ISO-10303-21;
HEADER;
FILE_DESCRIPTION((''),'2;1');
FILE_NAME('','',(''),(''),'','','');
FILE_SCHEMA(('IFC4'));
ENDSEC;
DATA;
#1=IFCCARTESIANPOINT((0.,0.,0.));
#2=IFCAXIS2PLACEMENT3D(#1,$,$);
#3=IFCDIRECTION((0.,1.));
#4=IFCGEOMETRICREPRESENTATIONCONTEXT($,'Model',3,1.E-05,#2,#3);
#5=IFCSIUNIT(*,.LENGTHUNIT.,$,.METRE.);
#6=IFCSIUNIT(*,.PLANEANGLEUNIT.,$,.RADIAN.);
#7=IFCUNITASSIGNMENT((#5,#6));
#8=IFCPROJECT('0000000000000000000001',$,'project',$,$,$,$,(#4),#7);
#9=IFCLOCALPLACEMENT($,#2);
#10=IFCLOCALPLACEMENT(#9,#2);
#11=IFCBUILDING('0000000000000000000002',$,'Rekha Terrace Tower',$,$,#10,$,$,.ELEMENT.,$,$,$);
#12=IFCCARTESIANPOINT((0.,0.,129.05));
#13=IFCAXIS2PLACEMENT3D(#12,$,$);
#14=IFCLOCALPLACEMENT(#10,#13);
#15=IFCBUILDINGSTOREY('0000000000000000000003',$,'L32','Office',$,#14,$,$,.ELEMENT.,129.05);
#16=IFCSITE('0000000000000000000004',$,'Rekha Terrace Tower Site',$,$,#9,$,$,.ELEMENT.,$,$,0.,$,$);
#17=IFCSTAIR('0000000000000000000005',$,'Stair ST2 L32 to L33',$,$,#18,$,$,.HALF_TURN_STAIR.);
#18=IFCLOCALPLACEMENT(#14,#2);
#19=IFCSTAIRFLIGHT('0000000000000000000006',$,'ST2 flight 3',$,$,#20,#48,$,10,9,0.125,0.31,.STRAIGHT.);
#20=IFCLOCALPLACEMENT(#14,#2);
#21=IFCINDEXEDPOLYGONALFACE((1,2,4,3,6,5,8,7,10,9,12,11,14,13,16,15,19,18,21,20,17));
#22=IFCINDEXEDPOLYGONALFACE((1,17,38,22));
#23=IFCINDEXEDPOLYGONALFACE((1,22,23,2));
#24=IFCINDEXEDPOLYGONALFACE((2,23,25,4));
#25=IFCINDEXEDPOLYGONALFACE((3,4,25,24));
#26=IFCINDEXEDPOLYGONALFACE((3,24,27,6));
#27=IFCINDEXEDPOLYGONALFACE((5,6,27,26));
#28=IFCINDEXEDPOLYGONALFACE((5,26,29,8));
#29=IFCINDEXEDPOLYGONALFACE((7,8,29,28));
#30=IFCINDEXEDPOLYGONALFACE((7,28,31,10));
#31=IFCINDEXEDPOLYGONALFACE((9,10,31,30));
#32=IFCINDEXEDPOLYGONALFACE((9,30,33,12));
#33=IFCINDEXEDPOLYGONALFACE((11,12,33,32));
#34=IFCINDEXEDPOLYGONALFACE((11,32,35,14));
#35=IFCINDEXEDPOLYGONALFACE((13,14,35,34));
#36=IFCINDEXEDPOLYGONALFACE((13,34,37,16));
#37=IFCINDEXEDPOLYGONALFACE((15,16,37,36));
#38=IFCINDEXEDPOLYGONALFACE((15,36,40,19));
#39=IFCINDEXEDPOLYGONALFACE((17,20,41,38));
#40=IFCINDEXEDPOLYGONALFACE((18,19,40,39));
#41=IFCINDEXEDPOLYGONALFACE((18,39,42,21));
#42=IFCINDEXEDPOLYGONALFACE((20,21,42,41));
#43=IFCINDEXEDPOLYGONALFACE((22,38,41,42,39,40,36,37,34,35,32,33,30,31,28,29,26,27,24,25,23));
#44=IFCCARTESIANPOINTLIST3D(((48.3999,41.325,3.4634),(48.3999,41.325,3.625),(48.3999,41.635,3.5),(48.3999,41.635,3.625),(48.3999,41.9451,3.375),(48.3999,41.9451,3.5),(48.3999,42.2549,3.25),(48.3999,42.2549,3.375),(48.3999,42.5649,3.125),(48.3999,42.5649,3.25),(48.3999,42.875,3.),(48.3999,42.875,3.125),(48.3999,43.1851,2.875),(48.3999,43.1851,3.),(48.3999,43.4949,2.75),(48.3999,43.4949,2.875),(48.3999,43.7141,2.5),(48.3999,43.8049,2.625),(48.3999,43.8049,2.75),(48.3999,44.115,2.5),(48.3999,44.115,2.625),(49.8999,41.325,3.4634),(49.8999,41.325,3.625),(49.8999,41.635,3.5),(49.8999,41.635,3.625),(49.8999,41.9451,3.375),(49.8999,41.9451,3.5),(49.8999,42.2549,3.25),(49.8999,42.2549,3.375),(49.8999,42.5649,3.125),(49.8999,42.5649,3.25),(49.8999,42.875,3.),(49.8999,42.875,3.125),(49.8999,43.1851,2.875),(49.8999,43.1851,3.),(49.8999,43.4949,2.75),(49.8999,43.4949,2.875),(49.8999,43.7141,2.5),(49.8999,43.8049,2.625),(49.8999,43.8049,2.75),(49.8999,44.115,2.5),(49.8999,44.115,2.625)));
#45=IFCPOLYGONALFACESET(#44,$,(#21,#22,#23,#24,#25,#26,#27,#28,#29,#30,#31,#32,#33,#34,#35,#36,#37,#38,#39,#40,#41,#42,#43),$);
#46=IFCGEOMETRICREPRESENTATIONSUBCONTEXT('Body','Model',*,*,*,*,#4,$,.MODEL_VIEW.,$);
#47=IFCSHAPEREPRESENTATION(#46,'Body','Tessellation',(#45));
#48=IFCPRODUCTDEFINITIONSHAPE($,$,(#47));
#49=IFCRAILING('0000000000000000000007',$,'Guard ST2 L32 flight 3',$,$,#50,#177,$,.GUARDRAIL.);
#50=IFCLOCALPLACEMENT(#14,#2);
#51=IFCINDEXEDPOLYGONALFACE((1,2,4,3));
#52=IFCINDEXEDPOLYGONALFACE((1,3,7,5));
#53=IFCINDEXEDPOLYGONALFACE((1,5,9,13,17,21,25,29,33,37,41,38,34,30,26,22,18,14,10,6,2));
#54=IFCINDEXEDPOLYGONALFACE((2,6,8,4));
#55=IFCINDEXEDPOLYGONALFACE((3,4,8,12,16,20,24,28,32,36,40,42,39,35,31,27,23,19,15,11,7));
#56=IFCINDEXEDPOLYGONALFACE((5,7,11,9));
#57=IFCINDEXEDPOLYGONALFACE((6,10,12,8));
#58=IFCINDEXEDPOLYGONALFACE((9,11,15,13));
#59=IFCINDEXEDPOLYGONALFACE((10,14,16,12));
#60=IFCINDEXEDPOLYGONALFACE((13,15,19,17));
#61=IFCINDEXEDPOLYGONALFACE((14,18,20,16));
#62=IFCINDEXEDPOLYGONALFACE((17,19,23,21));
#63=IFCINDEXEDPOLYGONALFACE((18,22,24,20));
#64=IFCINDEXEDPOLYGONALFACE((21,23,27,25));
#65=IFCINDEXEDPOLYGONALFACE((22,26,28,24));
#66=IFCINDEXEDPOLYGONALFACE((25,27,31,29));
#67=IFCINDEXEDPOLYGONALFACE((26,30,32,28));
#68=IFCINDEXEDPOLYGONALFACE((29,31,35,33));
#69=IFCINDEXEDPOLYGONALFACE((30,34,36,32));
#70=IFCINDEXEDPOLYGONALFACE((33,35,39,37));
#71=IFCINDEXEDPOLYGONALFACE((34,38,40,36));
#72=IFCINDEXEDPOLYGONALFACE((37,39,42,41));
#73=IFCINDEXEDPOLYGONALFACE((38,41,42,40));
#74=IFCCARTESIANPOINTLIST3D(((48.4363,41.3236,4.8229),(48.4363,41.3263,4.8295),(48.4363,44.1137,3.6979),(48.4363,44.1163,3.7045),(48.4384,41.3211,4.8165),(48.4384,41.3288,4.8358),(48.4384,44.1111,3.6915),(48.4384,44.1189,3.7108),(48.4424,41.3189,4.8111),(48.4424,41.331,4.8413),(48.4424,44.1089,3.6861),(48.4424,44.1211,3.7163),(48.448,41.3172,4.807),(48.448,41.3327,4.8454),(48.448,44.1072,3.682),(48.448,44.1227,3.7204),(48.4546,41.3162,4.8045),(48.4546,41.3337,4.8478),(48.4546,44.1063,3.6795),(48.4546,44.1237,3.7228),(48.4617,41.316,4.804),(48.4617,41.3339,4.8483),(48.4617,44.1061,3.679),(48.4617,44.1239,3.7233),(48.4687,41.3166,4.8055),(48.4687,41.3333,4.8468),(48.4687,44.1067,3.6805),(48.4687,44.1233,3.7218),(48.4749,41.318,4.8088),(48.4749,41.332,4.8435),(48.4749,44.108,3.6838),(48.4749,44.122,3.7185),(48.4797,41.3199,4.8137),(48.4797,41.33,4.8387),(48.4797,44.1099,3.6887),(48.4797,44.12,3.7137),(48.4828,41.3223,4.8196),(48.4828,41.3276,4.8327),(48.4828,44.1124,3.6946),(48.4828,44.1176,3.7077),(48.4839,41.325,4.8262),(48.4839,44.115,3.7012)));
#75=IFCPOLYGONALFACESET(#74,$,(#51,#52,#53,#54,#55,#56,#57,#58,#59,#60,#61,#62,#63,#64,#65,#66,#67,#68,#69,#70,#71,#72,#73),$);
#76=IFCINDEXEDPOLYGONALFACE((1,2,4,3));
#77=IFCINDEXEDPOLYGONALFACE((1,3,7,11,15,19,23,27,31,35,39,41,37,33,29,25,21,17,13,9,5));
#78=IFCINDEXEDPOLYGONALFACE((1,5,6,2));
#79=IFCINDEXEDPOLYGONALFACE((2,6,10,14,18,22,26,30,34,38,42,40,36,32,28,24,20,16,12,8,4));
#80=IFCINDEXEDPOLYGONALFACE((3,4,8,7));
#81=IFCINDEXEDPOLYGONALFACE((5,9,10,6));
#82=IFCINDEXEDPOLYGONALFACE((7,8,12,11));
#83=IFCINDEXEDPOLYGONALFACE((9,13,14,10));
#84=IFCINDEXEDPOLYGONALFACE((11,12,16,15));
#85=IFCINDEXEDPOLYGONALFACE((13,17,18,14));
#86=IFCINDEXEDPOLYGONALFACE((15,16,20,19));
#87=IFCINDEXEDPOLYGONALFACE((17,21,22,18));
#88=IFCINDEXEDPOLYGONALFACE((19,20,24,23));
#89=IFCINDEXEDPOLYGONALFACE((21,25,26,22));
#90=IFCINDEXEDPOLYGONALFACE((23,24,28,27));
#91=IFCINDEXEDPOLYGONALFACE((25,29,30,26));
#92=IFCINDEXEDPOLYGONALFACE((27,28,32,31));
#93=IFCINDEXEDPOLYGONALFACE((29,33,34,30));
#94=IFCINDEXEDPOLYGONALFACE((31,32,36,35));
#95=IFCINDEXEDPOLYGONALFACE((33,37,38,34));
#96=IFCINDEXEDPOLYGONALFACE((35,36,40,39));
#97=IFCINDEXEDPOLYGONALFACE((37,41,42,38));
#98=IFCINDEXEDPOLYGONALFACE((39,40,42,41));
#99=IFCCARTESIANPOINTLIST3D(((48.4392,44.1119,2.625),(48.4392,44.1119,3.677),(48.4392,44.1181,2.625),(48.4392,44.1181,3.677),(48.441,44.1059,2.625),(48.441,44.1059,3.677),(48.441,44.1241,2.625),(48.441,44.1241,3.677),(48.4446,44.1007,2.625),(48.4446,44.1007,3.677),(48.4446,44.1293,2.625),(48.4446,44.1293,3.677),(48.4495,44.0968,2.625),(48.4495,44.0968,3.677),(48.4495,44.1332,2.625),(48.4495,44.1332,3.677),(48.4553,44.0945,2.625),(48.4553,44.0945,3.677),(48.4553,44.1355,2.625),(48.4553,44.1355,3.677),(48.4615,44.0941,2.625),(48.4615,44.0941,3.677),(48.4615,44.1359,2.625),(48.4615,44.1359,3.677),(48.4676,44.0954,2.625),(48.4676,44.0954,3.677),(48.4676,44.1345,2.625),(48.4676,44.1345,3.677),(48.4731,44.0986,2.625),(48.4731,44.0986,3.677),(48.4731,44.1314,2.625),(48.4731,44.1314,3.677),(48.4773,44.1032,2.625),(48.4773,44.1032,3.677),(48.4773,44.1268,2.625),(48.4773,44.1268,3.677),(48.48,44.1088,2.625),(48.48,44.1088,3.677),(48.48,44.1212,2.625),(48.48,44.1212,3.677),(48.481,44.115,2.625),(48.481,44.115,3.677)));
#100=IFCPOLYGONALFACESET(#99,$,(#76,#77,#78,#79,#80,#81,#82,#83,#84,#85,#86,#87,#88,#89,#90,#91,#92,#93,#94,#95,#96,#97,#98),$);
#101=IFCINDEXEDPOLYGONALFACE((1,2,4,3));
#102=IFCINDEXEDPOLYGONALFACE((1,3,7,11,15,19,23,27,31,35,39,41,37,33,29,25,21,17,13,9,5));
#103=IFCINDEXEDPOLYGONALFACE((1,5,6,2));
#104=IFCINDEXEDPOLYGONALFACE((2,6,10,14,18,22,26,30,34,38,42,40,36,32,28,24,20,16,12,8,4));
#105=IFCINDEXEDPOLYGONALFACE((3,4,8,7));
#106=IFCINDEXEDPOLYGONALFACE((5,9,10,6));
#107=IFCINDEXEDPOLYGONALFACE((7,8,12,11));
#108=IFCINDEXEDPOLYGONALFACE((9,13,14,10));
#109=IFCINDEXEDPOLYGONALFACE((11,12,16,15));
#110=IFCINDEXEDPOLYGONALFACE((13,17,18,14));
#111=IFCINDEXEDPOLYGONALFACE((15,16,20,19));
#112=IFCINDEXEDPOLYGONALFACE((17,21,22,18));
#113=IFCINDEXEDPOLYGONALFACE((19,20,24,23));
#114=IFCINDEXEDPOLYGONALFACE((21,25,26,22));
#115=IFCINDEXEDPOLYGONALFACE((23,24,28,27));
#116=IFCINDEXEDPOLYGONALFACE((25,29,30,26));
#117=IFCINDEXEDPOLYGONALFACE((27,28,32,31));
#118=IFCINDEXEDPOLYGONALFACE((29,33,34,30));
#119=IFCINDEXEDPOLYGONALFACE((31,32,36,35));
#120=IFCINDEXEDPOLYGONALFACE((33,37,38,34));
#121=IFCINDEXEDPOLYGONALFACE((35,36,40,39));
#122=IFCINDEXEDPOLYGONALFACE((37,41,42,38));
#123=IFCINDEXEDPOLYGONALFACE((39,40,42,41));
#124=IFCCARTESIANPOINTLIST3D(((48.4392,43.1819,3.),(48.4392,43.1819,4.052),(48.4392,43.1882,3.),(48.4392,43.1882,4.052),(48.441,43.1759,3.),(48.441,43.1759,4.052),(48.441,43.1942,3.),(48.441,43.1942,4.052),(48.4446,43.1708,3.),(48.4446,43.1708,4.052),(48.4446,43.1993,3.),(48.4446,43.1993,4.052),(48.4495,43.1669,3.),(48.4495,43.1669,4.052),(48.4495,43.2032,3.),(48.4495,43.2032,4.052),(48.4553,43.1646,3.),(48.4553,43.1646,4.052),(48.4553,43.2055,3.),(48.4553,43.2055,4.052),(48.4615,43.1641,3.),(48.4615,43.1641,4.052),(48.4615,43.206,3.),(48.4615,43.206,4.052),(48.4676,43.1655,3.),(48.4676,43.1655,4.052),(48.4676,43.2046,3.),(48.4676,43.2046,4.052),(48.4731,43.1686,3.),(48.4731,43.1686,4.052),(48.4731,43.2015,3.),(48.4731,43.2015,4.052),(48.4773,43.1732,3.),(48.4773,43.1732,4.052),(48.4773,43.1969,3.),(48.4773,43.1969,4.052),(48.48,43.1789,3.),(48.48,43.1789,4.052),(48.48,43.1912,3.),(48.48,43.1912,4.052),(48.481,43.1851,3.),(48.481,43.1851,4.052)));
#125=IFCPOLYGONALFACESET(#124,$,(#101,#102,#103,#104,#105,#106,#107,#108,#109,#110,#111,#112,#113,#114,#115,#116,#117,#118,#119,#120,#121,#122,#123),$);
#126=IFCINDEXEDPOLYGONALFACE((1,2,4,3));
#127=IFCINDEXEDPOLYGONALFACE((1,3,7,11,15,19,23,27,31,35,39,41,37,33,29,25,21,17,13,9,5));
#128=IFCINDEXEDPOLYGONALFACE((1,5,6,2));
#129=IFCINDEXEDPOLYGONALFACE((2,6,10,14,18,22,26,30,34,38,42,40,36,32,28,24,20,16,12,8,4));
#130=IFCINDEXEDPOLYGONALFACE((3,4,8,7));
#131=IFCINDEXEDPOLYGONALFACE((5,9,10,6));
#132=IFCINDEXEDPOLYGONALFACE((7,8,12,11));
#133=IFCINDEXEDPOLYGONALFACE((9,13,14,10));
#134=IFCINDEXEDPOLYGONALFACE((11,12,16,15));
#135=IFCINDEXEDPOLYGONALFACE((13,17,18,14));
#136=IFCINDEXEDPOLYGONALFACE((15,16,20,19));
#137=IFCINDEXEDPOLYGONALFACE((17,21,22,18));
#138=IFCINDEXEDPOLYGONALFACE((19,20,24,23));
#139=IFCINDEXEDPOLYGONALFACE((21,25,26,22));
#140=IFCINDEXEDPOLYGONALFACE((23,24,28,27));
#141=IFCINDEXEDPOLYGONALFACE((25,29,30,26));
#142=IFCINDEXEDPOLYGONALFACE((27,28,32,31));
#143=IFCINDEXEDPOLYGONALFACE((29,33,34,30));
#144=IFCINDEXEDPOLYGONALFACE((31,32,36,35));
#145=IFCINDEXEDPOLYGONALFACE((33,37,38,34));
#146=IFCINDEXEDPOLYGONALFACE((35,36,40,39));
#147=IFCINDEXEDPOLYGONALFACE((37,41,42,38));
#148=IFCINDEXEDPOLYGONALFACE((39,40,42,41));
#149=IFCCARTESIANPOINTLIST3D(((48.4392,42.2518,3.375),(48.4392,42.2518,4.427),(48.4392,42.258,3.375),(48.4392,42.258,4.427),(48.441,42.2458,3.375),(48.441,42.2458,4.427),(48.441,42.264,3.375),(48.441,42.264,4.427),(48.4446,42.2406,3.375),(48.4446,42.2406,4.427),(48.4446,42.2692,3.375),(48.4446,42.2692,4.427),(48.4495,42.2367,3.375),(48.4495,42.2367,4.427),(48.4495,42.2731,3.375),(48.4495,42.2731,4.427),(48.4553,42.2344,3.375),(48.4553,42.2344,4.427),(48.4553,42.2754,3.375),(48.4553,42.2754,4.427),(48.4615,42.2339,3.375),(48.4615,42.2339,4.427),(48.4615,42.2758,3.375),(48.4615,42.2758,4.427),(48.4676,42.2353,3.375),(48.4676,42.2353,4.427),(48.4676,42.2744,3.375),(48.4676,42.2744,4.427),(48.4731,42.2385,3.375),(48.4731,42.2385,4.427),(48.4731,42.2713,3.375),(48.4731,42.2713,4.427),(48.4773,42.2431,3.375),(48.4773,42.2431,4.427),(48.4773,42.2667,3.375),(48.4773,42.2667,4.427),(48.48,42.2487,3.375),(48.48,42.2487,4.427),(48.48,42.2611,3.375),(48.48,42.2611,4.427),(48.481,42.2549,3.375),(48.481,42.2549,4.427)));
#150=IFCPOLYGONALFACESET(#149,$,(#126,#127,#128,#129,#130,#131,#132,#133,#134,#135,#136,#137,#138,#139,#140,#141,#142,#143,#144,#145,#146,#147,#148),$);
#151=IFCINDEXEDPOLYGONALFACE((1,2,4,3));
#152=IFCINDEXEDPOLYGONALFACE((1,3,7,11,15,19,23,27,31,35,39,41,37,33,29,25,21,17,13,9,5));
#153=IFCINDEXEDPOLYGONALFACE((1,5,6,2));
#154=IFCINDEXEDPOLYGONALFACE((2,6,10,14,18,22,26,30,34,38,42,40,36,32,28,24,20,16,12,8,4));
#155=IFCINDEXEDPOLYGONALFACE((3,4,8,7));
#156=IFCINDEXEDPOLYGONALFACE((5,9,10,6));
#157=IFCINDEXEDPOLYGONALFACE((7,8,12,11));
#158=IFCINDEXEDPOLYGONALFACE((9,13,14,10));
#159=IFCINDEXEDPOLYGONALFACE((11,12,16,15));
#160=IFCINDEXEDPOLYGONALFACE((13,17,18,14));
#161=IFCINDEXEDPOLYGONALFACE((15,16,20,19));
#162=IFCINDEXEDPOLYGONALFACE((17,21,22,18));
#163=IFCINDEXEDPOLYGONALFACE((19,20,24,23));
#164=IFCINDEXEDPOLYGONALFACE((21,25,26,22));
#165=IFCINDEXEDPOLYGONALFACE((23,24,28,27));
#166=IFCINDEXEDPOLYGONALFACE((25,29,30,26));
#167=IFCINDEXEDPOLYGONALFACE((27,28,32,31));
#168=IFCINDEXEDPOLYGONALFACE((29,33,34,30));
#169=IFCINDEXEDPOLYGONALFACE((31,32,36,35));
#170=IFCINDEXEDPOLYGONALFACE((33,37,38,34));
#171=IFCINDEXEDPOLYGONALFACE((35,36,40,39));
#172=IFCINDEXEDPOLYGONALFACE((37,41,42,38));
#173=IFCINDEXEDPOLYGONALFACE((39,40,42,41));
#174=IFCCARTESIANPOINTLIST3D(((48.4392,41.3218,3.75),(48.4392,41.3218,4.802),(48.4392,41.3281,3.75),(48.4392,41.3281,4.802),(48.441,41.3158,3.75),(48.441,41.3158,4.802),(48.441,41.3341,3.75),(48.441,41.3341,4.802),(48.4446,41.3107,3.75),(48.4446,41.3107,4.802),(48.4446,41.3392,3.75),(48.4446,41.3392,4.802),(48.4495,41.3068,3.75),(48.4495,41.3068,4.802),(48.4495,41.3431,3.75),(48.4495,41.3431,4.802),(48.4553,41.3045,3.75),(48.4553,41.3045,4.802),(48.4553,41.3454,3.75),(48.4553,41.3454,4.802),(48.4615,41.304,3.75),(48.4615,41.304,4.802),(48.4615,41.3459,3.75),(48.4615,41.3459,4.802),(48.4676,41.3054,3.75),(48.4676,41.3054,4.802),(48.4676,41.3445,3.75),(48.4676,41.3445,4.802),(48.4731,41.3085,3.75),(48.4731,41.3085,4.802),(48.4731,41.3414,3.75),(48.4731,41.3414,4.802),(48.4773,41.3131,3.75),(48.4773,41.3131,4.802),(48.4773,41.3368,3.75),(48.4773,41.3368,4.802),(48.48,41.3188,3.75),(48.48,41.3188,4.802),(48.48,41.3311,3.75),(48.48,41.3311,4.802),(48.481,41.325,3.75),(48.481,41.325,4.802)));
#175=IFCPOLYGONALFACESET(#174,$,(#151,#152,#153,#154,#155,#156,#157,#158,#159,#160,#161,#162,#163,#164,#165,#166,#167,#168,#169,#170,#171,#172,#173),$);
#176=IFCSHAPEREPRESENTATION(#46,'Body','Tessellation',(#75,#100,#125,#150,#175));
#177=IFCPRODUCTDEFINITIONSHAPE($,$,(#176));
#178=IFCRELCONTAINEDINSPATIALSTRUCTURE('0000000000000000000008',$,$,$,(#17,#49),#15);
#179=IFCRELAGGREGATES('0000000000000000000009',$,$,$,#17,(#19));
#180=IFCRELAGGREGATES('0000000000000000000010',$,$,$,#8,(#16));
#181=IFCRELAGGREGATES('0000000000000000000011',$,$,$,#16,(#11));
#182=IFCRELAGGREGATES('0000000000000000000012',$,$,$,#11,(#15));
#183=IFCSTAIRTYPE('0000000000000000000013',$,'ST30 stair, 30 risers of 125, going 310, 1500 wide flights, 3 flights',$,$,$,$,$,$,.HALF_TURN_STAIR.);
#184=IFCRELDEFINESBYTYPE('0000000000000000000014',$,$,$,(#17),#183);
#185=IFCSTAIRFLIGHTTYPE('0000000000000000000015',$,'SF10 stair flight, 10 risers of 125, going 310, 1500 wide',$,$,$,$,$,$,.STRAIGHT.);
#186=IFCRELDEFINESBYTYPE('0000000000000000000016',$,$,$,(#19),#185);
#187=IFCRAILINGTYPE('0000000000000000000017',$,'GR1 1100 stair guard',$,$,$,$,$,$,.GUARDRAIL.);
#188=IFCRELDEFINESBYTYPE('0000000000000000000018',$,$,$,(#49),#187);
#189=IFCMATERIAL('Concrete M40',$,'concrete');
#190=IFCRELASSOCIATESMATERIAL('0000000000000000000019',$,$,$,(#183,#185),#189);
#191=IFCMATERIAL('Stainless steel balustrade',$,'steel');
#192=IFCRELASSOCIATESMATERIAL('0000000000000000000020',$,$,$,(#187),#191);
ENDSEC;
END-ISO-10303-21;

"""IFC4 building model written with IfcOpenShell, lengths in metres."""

from ifc_helpers import new_model, si_unit, direction, frame, origin, origin_2d, place, context, subcontext, project, spatial, polyline, circle, outline, extrude, material, type_object, element, aggregate, save


model = new_model("IFC4")

# Units and contexts
model_context = context("Model", 3, precision=1e-05, world=origin(), true_north=direction((0.0, 1.0)))
body_context = subcontext(model_context, "Body", "Model", "MODEL_VIEW")
ifc_project = project(units=[si_unit("LENGTHUNIT", "METRE"), si_unit("PLANEANGLEUNIT", "RADIAN")], contexts=[model_context])

# Site, building, storey
site_placement = place(None, origin())
site = spatial("IfcSite", under=ifc_project, at=site_placement, Name="Rekha Terrace Tower Site", CompositionType="ELEMENT", RefElevation=0.0)
building_placement = place(site_placement, origin())
building = spatial("IfcBuilding", under=site, at=building_placement, Name="Rekha Terrace Tower", CompositionType="ELEMENT")
storey_placement = place(building_placement, frame((0.0, 0.0, 129.05)))
storey = spatial("IfcBuildingStorey", under=building, at=storey_placement, Name="L32", Description="Office", CompositionType="ELEMENT", Elevation=129.05)

# Stair, stair flight
ifc_material_1 = material(Name="Concrete M40", Category="concrete")
stair_type = type_object("IfcStairType", Name="ST30 stair, 30 risers of 125, going 310, 1500 wide flights, 3 flights", PredefinedType="HALF_TURN_STAIR", material=ifc_material_1)
stair_placement = place(storey_placement, origin())
stair = element("IfcStair", 1, at=stair_placement, inside=storey, type_object=stair_type, Name="Stair ST2 L32 to L33", PredefinedType="HALF_TURN_STAIR")
stair_flight_type = type_object("IfcStairFlightType", Name="SF10 stair flight, 10 risers of 125, going 310, 1500 wide", PredefinedType="STRAIGHT", material=ifc_material_1)
stair_flight_1_placement = place(storey_placement, frame((49.1499, 44.115, 2.5), z_axis=(0.0, 0.0, 1.0), x_axis=(0.0, -1.0, 0.0)))
stair_flight_1 = element("IfcStairFlight", 2, at=stair_flight_1_placement, type_object=stair_flight_type, Name="ST2 flight 3", NumberOfRisers=10, NumberOfTreads=9, PredefinedType="STRAIGHT", RiserHeight=0.125, TreadLength=0.31, context=body_context, shape_type="SweptSolid", body=[
    extrude(outline(polyline([(0.0, 0.0), (0.0, 0.125), (0.3101, 0.125), (0.3101, 0.25), (0.6201, 0.25), (0.6201, 0.375), (0.9299, 0.375), (0.9299, 0.5), (1.24, 0.5), (1.24, 0.625), (1.55, 0.625), (1.55, 0.75), (1.8601, 0.75), (1.8601, 0.875), (2.1699, 0.875), (2.1699, 1.0), (2.48, 1.0), (2.48, 1.125), (2.79, 1.125), (2.79, 1.25), (2.79, 0.9634), (0.4009, 0.0), (0.0, 0.0)])), frame((0.0, 0.75, 0.0), z_axis=(0.0, -1.0, 0.0), x_axis=(1.0, 0.0, 0.0)), (0.0, 0.0, 1.0), 1.5),
])
aggregate(stair, [stair_flight_1])

# Railing
ifc_material_2 = material(Name="Stainless steel balustrade", Category="steel")
railing_type_1 = type_object("IfcRailingType", Name="GR1 1100 stair guard", PredefinedType="GUARDRAIL", material=ifc_material_2)
railing_1_placement = place(storey_placement, frame((48.46, 44.115, 2.625)))
element("IfcRailing", 3, at=railing_1_placement, inside=storey, type_object=railing_type_1, Name="Guard ST2 L32 flight 3", PredefinedType="GUARDRAIL", context=body_context, shape_type="SweptSolid", body=[
    extrude(circle(Radius=0.0239, at=origin_2d()), frame((0.0, 0.0, 1.0762), z_axis=(0.0, -0.927443, 0.373964), x_axis=(1.0, 0.0, 0.0)), (0.0, 0.0, 1.0), 3.0083),
    extrude(circle(Radius=0.021, at=origin_2d()), origin(), (0.0, 0.0, 1.0), 1.052),
    extrude(circle(Radius=0.021, at=origin_2d()), frame((0.0, -0.9299, 0.375)), (0.0, 0.0, 1.0), 1.052),
    extrude(circle(Radius=0.021, at=origin_2d()), frame((0.0, -1.8601, 0.75)), (0.0, 0.0, 1.0), 1.052),
    extrude(circle(Radius=0.021, at=origin_2d()), frame((0.0, -2.79, 1.125)), (0.0, 0.0, 1.0), 1.052),
])

save(model, "model.ifc")
